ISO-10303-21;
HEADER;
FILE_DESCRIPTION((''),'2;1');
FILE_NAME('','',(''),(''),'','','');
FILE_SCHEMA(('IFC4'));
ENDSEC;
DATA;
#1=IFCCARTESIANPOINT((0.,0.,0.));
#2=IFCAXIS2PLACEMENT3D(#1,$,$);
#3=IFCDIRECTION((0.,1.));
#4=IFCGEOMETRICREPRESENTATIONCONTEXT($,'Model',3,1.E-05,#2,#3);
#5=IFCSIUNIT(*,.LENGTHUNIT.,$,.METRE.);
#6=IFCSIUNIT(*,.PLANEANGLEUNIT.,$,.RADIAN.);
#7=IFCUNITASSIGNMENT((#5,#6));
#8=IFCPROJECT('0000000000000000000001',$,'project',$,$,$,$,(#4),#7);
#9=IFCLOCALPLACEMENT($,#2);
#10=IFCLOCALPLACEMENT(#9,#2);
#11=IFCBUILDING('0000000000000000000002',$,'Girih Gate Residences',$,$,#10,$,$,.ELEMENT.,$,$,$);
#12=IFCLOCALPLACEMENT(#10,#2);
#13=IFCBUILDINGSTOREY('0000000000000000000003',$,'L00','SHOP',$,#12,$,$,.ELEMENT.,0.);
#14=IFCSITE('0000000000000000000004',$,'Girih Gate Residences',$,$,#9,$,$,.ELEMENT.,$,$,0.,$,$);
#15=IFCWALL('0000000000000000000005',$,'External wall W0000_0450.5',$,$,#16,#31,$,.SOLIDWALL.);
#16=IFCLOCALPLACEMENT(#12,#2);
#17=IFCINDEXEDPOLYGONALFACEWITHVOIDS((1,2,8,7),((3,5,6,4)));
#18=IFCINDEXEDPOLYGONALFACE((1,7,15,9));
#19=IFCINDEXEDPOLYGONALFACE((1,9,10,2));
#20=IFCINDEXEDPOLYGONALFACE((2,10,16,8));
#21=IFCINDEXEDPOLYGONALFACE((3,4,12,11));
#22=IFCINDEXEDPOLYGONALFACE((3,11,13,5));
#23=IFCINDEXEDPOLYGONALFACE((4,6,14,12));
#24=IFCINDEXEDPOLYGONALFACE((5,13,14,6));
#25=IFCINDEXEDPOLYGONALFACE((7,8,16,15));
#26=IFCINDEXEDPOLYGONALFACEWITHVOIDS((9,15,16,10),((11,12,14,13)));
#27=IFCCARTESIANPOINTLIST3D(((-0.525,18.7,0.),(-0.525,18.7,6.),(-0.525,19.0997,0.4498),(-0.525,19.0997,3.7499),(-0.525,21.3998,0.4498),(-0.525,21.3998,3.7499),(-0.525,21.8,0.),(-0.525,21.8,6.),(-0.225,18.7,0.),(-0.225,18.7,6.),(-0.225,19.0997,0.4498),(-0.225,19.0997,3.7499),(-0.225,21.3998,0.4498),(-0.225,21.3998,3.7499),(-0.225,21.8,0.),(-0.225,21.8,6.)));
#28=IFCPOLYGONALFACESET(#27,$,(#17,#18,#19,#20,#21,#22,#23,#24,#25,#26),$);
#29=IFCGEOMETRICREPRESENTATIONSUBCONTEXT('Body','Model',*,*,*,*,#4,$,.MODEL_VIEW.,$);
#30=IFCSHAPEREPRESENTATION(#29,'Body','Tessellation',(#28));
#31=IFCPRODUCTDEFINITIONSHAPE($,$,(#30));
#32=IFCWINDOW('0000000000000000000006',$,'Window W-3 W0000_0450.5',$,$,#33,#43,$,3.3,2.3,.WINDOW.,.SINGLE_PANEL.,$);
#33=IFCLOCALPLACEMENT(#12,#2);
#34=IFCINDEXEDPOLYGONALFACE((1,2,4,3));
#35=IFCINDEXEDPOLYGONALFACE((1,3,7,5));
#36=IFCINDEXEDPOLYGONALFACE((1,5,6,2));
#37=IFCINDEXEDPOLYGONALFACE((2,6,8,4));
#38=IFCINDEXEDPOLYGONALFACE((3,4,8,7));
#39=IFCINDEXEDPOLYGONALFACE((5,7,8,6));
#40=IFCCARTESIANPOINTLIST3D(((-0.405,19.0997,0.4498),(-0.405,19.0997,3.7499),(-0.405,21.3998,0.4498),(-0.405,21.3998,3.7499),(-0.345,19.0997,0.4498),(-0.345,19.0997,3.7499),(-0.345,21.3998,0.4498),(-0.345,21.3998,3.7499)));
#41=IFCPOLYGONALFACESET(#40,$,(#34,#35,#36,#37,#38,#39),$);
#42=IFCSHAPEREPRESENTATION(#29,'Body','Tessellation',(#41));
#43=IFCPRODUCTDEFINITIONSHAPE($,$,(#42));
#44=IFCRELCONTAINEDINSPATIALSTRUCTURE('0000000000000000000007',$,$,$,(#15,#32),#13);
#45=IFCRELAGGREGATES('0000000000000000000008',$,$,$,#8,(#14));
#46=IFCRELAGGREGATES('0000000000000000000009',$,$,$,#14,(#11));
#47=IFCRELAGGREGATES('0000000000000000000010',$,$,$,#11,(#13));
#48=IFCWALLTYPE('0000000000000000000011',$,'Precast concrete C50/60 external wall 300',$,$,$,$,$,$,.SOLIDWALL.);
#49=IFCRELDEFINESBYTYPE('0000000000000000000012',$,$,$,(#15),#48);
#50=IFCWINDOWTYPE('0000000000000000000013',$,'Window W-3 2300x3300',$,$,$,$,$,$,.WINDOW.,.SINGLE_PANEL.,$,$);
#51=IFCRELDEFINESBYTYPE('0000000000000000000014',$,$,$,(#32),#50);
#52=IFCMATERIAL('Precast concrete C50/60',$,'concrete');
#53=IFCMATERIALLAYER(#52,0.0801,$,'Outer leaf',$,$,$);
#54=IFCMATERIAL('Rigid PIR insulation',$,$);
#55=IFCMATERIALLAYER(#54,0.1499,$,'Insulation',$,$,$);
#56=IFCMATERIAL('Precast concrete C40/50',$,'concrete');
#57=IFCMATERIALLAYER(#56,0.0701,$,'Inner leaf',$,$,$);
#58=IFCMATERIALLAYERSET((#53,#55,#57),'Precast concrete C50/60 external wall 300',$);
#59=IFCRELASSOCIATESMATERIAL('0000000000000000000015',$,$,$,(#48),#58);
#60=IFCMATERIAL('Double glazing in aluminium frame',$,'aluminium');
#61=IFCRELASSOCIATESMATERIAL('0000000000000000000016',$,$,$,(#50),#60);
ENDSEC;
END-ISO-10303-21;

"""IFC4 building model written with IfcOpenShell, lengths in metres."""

from ifc_helpers import new_model, si_unit, direction, frame, frame_2d, origin, place, context, subcontext, project, spatial, rectangle, extrude, material, layer, layer_set, type_object, element, fill, save


model = new_model("IFC4")

# Units and contexts
model_context = context("Model", 3, precision=1e-05, world=origin(), true_north=direction((0.0, 1.0)))
body_context = subcontext(model_context, "Body", "Model", "MODEL_VIEW")
ifc_project = project(units=[si_unit("LENGTHUNIT", "METRE"), si_unit("PLANEANGLEUNIT", "RADIAN")], contexts=[model_context])

# Site, building, storey
site_placement = place(None, origin())
site = spatial("IfcSite", under=ifc_project, at=site_placement, Name="Girih Gate Residences", CompositionType="ELEMENT", RefElevation=0.0)
building_placement = place(site_placement, origin())
building = spatial("IfcBuilding", under=site, at=building_placement, Name="Girih Gate Residences", CompositionType="ELEMENT")
storey_placement = place(building_placement, origin())
storey = spatial("IfcBuildingStorey", under=building, at=storey_placement, Name="L00", Description="SHOP", CompositionType="ELEMENT", Elevation=0.0)

# Wall, opening, window
ifc_material_1 = material(Name="Precast concrete C50/60", Category="concrete")
ifc_layer_1 = layer(ifc_material_1, 0.0801, Name="Outer leaf")
ifc_material_2 = material(Name="Rigid PIR insulation")
ifc_layer_2 = layer(ifc_material_2, 0.1499, Name="Insulation")
ifc_material_3 = material(Name="Precast concrete C40/50", Category="concrete")
ifc_layer_3 = layer(ifc_material_3, 0.0701, Name="Inner leaf")
ifc_layer_set_1 = layer_set([ifc_layer_1, ifc_layer_2, ifc_layer_3], Name="Precast concrete C50/60 external wall 300")
wall_type_1 = type_object("IfcWallType", Name="Precast concrete C50/60 external wall 300", PredefinedType="SOLIDWALL", material=ifc_layer_set_1)
ifc_material_4 = material(Name="Double glazing in aluminium frame", Category="aluminium")
window_type = type_object("IfcWindowType", Name="Window W-3 2300x3300", PartitioningType="SINGLE_PANEL", PredefinedType="WINDOW", material=ifc_material_4)
wall_1_placement = place(storey_placement, frame((-0.375, 18.7, 0.0), z_axis=(0.0, 0.0, 1.0), x_axis=(0.0, 1.0, 0.0)))
wall_1 = element("IfcWall", 1, at=wall_1_placement, inside=storey, type_object=wall_type_1, Name="External wall W0000_0450.5", PredefinedType="SOLIDWALL", context=body_context, shape_type="SweptSolid", body=[
    extrude(rectangle(XDim=3.1001, YDim=0.3, at=frame_2d((1.55, 0.0))), origin(), (0.0, 0.0, 1.0), 6.0),
])
opening_1_placement = place(wall_1_placement, frame((0.3999, 0.0, 0.45)))
opening_1 = element("IfcOpeningElement", 2, at=opening_1_placement, cuts=wall_1, PredefinedType="OPENING", context=body_context, shape_type="SweptSolid", body=[
    extrude(rectangle(XDim=2.3, YDim=3.3, at=frame_2d((1.1499, 1.6499))), frame((0.0, 0.1599, 0.0), z_axis=(0.0, -1.0, 0.0), x_axis=(1.0, 0.0, 0.0)), (0.0, 0.0, 1.0), 0.3201),
])
window_1_placement = place(opening_1_placement, origin())
window_1 = element("IfcWindow", 3, at=window_1_placement, inside=storey, type_object=window_type, Name="Window W-3 W0000_0450.5", OverallHeight=3.3, OverallWidth=2.3, PartitioningType="SINGLE_PANEL", PredefinedType="WINDOW", context=body_context, shape_type="SweptSolid", body=[
    extrude(rectangle(XDim=2.3, YDim=3.3, at=frame_2d((1.1499, 1.6499))), frame((0.0, 0.03, 0.0), z_axis=(0.0, -1.0, 0.0), x_axis=(1.0, 0.0, 0.0)), (0.0, 0.0, 1.0), 0.0601),
])
fill(opening_1, window_1)

save(model, "model.ifc")
